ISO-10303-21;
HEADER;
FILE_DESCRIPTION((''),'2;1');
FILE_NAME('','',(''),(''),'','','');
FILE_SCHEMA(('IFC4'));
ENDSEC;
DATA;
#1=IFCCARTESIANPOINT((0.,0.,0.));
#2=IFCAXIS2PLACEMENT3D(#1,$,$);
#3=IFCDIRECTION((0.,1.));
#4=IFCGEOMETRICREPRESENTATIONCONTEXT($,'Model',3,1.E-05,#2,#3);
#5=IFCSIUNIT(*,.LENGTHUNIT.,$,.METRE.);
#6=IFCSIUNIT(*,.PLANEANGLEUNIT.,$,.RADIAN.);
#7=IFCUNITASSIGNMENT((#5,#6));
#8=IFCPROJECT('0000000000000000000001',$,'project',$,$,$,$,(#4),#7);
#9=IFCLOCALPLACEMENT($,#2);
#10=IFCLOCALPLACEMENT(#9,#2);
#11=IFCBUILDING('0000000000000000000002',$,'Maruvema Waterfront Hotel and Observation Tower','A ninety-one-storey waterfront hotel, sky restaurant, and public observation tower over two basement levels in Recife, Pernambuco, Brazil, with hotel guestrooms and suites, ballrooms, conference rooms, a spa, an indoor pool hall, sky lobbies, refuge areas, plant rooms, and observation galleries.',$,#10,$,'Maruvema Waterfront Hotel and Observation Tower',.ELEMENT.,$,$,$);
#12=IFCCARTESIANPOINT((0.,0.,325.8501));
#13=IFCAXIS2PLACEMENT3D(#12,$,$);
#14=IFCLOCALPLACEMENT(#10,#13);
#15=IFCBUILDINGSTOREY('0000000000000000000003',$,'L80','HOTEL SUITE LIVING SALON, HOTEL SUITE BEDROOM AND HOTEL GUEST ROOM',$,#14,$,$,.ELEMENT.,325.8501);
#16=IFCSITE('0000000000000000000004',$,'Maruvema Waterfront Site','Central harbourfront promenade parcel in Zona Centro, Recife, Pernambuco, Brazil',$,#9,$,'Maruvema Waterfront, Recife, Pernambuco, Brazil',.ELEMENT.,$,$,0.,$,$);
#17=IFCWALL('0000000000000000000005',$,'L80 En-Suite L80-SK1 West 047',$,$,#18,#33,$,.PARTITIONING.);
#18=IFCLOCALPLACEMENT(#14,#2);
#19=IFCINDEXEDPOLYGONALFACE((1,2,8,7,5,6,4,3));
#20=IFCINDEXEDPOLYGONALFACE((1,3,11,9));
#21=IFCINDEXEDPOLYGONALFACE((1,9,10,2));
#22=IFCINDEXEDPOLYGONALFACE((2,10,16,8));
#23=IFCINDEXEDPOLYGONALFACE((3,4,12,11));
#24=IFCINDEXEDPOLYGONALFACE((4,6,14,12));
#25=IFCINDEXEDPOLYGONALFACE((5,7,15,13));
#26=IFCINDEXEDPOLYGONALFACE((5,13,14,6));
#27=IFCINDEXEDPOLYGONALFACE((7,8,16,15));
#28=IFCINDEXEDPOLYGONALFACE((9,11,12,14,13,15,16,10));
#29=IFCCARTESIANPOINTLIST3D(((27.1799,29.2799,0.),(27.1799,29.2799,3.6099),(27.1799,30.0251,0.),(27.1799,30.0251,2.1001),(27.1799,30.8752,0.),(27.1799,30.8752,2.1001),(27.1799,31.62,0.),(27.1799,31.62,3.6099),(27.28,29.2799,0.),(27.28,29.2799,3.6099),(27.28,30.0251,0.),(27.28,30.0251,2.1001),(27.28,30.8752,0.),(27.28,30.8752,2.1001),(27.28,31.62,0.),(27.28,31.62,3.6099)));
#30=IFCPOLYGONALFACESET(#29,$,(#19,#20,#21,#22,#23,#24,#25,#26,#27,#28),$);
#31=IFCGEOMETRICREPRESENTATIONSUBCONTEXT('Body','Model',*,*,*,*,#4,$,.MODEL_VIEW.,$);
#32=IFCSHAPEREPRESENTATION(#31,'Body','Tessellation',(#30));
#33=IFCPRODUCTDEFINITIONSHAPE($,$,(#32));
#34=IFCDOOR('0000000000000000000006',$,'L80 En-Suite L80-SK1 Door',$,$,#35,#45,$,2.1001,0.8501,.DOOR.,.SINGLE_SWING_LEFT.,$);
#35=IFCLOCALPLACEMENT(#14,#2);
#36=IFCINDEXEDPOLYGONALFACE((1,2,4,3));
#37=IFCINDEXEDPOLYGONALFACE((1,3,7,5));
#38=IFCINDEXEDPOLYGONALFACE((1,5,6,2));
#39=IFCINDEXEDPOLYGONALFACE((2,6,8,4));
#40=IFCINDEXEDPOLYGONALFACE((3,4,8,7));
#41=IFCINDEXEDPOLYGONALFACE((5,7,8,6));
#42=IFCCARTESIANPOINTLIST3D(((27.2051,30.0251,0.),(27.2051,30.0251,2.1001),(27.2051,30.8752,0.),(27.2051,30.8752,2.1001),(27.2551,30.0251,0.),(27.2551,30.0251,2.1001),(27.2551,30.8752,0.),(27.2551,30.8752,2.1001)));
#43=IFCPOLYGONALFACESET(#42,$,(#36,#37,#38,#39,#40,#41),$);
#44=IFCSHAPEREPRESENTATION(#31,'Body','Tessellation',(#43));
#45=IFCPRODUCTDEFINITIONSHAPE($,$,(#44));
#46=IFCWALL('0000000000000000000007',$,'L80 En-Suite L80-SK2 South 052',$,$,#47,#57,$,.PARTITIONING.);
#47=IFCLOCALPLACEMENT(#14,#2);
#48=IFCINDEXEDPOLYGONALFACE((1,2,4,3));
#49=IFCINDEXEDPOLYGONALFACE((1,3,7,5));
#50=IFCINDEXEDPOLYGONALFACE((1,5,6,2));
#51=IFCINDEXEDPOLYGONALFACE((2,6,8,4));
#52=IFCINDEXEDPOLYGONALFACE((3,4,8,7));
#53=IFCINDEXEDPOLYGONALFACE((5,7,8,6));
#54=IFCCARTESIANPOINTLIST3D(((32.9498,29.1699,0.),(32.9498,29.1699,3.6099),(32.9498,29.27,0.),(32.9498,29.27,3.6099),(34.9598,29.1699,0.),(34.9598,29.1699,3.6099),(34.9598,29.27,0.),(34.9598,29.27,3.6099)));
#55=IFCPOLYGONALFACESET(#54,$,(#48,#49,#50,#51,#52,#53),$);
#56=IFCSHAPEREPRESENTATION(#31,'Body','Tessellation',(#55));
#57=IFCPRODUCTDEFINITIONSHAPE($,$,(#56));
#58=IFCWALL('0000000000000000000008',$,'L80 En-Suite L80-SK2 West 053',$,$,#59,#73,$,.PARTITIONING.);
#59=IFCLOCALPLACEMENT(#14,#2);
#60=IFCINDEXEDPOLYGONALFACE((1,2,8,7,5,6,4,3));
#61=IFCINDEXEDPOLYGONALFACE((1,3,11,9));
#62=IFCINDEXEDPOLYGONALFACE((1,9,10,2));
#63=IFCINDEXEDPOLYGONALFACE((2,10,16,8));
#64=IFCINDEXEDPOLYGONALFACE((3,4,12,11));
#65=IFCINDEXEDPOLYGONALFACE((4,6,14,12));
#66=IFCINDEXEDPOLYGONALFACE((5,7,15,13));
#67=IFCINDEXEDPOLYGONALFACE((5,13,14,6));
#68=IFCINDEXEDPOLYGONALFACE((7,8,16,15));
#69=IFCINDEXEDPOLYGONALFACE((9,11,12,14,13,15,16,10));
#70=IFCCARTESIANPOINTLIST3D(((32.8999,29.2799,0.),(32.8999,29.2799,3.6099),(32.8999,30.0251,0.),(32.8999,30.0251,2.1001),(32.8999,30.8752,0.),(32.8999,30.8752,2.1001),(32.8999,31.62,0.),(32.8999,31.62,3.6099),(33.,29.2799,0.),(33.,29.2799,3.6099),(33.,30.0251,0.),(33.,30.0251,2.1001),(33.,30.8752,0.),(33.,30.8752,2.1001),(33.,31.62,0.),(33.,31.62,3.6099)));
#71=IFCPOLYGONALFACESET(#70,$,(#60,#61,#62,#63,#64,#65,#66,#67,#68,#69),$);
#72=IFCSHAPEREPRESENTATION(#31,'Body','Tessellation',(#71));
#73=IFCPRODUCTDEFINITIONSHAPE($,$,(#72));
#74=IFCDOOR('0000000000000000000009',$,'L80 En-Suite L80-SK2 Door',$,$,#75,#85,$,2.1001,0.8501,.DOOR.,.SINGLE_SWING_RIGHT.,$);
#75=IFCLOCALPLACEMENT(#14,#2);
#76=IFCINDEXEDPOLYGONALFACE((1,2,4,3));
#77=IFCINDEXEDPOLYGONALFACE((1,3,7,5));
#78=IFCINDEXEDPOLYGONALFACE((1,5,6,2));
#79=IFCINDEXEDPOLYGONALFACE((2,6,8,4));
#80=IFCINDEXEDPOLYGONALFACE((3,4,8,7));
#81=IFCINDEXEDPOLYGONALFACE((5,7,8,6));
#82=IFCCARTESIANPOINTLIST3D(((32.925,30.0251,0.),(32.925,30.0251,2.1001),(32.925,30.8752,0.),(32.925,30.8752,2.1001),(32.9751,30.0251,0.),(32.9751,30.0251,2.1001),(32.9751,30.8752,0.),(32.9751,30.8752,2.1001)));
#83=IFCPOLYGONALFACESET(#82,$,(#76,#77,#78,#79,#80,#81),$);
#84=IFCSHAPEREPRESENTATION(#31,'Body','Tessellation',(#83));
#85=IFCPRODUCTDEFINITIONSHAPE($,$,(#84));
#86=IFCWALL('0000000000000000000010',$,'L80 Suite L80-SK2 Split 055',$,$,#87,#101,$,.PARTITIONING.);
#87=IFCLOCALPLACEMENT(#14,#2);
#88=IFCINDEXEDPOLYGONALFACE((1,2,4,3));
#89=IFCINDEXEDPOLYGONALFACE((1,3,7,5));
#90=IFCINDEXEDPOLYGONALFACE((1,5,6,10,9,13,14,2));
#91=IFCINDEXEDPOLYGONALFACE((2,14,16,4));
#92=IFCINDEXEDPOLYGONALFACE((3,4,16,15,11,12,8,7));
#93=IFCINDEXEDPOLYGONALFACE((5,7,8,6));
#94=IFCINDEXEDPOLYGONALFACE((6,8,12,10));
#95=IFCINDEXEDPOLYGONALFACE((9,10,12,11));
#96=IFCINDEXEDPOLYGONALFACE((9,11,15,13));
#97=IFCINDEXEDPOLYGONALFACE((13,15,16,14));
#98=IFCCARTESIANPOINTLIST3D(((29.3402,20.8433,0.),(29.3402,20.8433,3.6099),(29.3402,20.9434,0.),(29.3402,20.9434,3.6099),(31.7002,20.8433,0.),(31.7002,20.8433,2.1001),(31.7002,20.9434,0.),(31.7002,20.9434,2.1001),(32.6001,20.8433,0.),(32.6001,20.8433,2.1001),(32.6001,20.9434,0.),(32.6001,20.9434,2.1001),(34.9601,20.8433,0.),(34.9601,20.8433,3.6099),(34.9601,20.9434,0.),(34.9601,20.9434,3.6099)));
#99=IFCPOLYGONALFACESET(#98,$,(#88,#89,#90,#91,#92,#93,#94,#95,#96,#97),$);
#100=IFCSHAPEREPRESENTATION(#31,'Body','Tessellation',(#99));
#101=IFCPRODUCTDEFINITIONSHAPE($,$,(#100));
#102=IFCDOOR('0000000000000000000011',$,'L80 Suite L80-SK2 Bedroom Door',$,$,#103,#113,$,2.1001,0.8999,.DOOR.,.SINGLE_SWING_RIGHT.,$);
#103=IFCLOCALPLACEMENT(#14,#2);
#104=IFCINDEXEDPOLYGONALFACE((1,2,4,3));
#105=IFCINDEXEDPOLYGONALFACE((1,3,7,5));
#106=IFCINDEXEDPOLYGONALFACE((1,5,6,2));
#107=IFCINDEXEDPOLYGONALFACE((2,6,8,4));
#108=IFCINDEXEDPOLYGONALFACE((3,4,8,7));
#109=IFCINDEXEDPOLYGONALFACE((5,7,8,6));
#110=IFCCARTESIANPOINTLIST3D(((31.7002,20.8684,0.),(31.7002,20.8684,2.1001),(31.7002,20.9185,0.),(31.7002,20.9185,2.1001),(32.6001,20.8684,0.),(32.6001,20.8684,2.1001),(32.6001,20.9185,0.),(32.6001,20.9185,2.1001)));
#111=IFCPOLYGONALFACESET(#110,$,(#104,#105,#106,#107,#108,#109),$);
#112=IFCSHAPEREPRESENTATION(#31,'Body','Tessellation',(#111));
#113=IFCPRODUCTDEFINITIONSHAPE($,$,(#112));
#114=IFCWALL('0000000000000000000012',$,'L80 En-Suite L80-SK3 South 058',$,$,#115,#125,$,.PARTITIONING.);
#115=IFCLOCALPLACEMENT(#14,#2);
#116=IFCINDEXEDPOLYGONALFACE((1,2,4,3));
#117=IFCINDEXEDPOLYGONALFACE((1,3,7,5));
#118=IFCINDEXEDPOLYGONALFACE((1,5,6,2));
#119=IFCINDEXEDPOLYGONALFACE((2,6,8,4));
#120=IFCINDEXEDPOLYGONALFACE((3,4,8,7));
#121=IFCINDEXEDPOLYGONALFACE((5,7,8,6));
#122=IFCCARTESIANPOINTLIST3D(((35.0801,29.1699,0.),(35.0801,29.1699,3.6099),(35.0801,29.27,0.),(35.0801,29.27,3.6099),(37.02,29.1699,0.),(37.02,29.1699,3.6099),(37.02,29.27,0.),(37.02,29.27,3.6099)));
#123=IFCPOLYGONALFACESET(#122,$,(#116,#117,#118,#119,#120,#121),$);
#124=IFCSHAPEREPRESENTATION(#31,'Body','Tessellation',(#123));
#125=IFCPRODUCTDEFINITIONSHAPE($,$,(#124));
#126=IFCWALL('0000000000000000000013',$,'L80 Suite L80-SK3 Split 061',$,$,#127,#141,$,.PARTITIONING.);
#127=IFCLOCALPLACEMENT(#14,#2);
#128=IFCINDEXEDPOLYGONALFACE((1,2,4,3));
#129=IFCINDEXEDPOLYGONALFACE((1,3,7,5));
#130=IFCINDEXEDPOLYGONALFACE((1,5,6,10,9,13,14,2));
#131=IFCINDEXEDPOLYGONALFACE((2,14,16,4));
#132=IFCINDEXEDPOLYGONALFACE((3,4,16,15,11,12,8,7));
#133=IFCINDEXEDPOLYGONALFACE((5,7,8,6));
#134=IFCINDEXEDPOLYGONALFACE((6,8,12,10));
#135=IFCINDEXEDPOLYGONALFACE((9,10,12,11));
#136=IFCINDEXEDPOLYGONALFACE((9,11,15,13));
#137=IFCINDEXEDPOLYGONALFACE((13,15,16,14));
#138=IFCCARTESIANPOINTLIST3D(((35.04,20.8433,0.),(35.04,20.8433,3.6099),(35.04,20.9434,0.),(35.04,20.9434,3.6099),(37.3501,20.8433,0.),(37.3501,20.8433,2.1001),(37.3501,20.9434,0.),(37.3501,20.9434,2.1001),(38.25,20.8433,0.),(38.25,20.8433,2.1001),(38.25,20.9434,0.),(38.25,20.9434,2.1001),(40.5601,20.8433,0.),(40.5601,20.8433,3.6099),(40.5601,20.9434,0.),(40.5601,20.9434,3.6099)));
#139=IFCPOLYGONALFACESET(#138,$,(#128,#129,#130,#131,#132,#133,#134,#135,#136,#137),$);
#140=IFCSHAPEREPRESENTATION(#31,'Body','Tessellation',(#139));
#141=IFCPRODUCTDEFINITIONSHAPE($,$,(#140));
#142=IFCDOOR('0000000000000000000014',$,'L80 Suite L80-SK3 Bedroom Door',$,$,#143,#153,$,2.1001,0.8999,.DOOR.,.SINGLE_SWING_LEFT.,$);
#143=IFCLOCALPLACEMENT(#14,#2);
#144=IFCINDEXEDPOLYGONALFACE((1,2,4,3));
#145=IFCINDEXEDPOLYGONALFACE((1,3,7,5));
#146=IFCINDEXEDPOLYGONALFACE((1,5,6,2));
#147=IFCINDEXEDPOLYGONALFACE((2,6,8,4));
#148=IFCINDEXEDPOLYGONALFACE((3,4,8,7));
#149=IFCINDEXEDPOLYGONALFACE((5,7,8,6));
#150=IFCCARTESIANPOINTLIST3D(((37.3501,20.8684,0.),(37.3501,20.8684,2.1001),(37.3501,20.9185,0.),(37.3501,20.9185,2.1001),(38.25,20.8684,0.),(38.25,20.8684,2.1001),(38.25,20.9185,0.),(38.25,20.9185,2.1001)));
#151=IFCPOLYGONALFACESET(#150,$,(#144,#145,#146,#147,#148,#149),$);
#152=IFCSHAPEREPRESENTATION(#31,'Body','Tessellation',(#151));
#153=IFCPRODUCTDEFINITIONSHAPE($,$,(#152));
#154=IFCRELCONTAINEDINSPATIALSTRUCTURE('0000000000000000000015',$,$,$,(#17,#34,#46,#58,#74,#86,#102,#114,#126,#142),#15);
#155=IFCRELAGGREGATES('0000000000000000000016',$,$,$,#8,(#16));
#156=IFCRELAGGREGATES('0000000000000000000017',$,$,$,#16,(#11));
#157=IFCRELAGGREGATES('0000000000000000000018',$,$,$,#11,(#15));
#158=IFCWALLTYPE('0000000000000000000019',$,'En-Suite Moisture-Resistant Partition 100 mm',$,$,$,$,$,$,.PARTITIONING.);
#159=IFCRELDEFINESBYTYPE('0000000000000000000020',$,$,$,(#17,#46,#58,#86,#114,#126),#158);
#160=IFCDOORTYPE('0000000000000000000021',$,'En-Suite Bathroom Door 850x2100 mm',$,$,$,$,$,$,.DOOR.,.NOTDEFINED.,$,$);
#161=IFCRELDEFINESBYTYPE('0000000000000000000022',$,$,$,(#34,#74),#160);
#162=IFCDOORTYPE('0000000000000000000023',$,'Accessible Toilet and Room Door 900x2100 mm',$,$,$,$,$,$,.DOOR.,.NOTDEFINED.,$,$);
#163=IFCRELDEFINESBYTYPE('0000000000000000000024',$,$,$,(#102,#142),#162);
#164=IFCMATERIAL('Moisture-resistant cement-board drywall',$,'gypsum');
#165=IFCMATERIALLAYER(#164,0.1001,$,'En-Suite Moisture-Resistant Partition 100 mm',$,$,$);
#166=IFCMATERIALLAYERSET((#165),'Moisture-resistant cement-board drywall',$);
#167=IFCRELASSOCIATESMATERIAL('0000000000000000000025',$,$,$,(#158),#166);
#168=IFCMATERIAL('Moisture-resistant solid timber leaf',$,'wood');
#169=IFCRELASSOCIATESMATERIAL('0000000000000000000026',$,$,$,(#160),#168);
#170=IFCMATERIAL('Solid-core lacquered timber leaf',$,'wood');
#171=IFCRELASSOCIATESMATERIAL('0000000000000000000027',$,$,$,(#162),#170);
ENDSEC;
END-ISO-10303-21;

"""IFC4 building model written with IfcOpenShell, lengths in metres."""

from ifc_helpers import new_model, si_unit, direction, frame, frame_2d, origin, place, context, subcontext, project, spatial, rectangle, extrude, material, layer, layer_set, type_object, element, fill, save


model = new_model("IFC4")

# Units and contexts
model_context = context("Model", 3, precision=1e-05, world=origin(), true_north=direction((0.0, 1.0)))
body_context = subcontext(model_context, "Body", "Model", "MODEL_VIEW")
ifc_project = project(units=[si_unit("LENGTHUNIT", "METRE"), si_unit("PLANEANGLEUNIT", "RADIAN")], contexts=[model_context])

# Site, building, storey
site_placement = place(None, origin())
site = spatial("IfcSite", under=ifc_project, at=site_placement, Name="Maruvema Waterfront Site", Description="Central harbourfront promenade parcel in Zona Centro, Recife, Pernambuco, Brazil", LongName="Maruvema Waterfront, Recife, Pernambuco, Brazil", CompositionType="ELEMENT", RefElevation=0.0)
building_placement = place(site_placement, origin())
building = spatial("IfcBuilding", under=site, at=building_placement, Name="Maruvema Waterfront Hotel and Observation Tower", Description="A ninety-one-storey waterfront hotel, sky restaurant, and public observation tower over two basement levels in Recife, Pernambuco, Brazil, with hotel guestrooms and suites, ballrooms, conference rooms, a spa, an indoor pool hall, sky lobbies, refuge areas, plant rooms, and observation galleries.", LongName="Maruvema Waterfront Hotel and Observation Tower", CompositionType="ELEMENT")
storey_placement = place(building_placement, frame((0.0, 0.0, 325.8501)))
storey = spatial("IfcBuildingStorey", under=building, at=storey_placement, Name="L80", Description="HOTEL SUITE LIVING SALON, HOTEL SUITE BEDROOM AND HOTEL GUEST ROOM", CompositionType="ELEMENT", Elevation=325.8501)

# Shared definitions
ifc_material_1 = material(Name="Moisture-resistant cement-board drywall", Category="gypsum")
ifc_layer_1 = layer(ifc_material_1, 0.1001, Name="En-Suite Moisture-Resistant Partition 100 mm")
ifc_layer_set_1 = layer_set([ifc_layer_1], Name="Moisture-resistant cement-board drywall")
wall_type_1 = type_object("IfcWallType", Name="En-Suite Moisture-Resistant Partition 100 mm", PredefinedType="PARTITIONING", material=ifc_layer_set_1)

# Wall, opening, door
wall_1_placement = place(storey_placement, frame((27.23, 29.28, 0.0), z_axis=(0.0, 0.0, 1.0), x_axis=(0.0, 1.0, 0.0)))
wall_1 = element("IfcWall", 1, at=wall_1_placement, inside=storey, type_object=wall_type_1, Name="L80 En-Suite L80-SK1 West 047", PredefinedType="PARTITIONING", context=body_context, shape_type="SweptSolid", body=[
    extrude(rectangle(XDim=2.3401, YDim=0.1001, at=frame_2d((1.1699, 0.0))), origin(), (0.0, 0.0, 1.0), 3.6099),
])
opening_1_placement = place(wall_1_placement, frame((0.7451, 0.0, 0.0)))
opening_1 = element("IfcOpeningElement", 2, at=opening_1_placement, cuts=wall_1, PredefinedType="OPENING", context=body_context, shape_type="SweptSolid", body=[
    extrude(rectangle(XDim=0.8501, YDim=2.1001, at=frame_2d((0.425, 1.05))), frame((0.0, 0.0601, 0.0), z_axis=(0.0, -1.0, 0.0), x_axis=(1.0, 0.0, 0.0)), (0.0, 0.0, 1.0), 0.1201),
])
ifc_material_2 = material(Name="Moisture-resistant solid timber leaf", Category="wood")
door_type_1 = type_object("IfcDoorType", Name="En-Suite Bathroom Door 850x2100 mm", OperationType="NOTDEFINED", PredefinedType="DOOR", material=ifc_material_2)
door_1_placement = place(opening_1_placement, origin())
door_1 = element("IfcDoor", 3, at=door_1_placement, inside=storey, type_object=door_type_1, Name="L80 En-Suite L80-SK1 Door", OperationType="SINGLE_SWING_LEFT", OverallHeight=2.1001, OverallWidth=0.8501, PredefinedType="DOOR", context=body_context, shape_type="SweptSolid", body=[
    extrude(rectangle(XDim=0.8501, YDim=2.1001, at=frame_2d((0.425, 1.05))), frame((0.0, 0.0249, 0.0), z_axis=(0.0, -1.0, 0.0), x_axis=(1.0, 0.0, 0.0)), (0.0, 0.0, 1.0), 0.05),
])
fill(opening_1, door_1)

# Wall
wall_2_placement = place(storey_placement, frame((32.95, 29.22, 0.0), z_axis=(0.0, 0.0, 1.0), x_axis=(1.0, 0.0, 0.0)))
element("IfcWall", 4, at=wall_2_placement, inside=storey, type_object=wall_type_1, Name="L80 En-Suite L80-SK2 South 052", PredefinedType="PARTITIONING", context=body_context, shape_type="SweptSolid", body=[
    extrude(rectangle(XDim=2.01, YDim=0.1001, at=frame_2d((1.0049, 0.0))), origin(), (0.0, 0.0, 1.0), 3.6099),
])

# Walls, openings, doors
wall_3_placement = place(storey_placement, frame((32.95, 29.28, 0.0), z_axis=(0.0, 0.0, 1.0), x_axis=(0.0, 1.0, 0.0)))
wall_3 = element("IfcWall", 5, at=wall_3_placement, inside=storey, type_object=wall_type_1, Name="L80 En-Suite L80-SK2 West 053", PredefinedType="PARTITIONING", context=body_context, shape_type="SweptSolid", body=[
    extrude(rectangle(XDim=2.3401, YDim=0.1001, at=frame_2d((1.1699, 0.0))), origin(), (0.0, 0.0, 1.0), 3.6099),
])
opening_2_placement = place(wall_3_placement, frame((0.7451, 0.0, 0.0)))
opening_2 = element("IfcOpeningElement", 6, at=opening_2_placement, cuts=wall_3, PredefinedType="OPENING", context=body_context, shape_type="SweptSolid", body=[
    extrude(rectangle(XDim=0.8501, YDim=2.1001, at=frame_2d((0.425, 1.05))), frame((0.0, 0.0601, 0.0), z_axis=(0.0, -1.0, 0.0), x_axis=(1.0, 0.0, 0.0)), (0.0, 0.0, 1.0), 0.1201),
])
door_2_placement = place(opening_2_placement, origin())
door_2 = element("IfcDoor", 7, at=door_2_placement, inside=storey, type_object=door_type_1, Name="L80 En-Suite L80-SK2 Door", OperationType="SINGLE_SWING_RIGHT", OverallHeight=2.1001, OverallWidth=0.8501, PredefinedType="DOOR", context=body_context, shape_type="SweptSolid", body=[
    extrude(rectangle(XDim=0.8501, YDim=2.1001, at=frame_2d((0.425, 1.05))), frame((0.0, 0.0249, 0.0), z_axis=(0.0, -1.0, 0.0), x_axis=(1.0, 0.0, 0.0)), (0.0, 0.0, 1.0), 0.05),
])
fill(opening_2, door_2)
wall_4_placement = place(storey_placement, frame((29.3401, 20.8933, 0.0), z_axis=(0.0, 0.0, 1.0), x_axis=(1.0, 0.0, 0.0)))
wall_4 = element("IfcWall", 8, at=wall_4_placement, inside=storey, type_object=wall_type_1, Name="L80 Suite L80-SK2 Split 055", PredefinedType="PARTITIONING", context=body_context, shape_type="SweptSolid", body=[
    extrude(rectangle(XDim=5.6199, YDim=0.1001, at=frame_2d((2.8101, 0.0))), origin(), (0.0, 0.0, 1.0), 3.6099),
])
opening_3_placement = place(wall_4_placement, frame((2.3601, 0.0, 0.0)))
opening_3 = element("IfcOpeningElement", 9, at=opening_3_placement, cuts=wall_4, PredefinedType="OPENING", context=body_context, shape_type="SweptSolid", body=[
    extrude(rectangle(XDim=0.8999, YDim=2.1001, at=frame_2d((0.45, 1.05))), frame((0.0, 0.0601, 0.0), z_axis=(0.0, -1.0, 0.0), x_axis=(1.0, 0.0, 0.0)), (0.0, 0.0, 1.0), 0.1201),
])
ifc_material_3 = material(Name="Solid-core lacquered timber leaf", Category="wood")
door_type_2 = type_object("IfcDoorType", Name="Accessible Toilet and Room Door 900x2100 mm", OperationType="NOTDEFINED", PredefinedType="DOOR", material=ifc_material_3)
door_3_placement = place(opening_3_placement, frame((0.8999, 0.0, 0.0), z_axis=(0.0, 0.0, 1.0), x_axis=(-1.0, 0.0, 0.0)))
door_3 = element("IfcDoor", 10, at=door_3_placement, inside=storey, type_object=door_type_2, Name="L80 Suite L80-SK2 Bedroom Door", OperationType="SINGLE_SWING_RIGHT", OverallHeight=2.1001, OverallWidth=0.8999, PredefinedType="DOOR", context=body_context, shape_type="SweptSolid", body=[
    extrude(rectangle(XDim=0.8999, YDim=2.1001, at=frame_2d((0.45, 1.05))), frame((0.0, 0.0249, 0.0), z_axis=(0.0, -1.0, 0.0), x_axis=(1.0, 0.0, 0.0)), (0.0, 0.0, 1.0), 0.05),
])
fill(opening_3, door_3)

# Wall
wall_5_placement = place(storey_placement, frame((35.0801, 29.22, 0.0), z_axis=(0.0, 0.0, 1.0), x_axis=(1.0, 0.0, 0.0)))
element("IfcWall", 11, at=wall_5_placement, inside=storey, type_object=wall_type_1, Name="L80 En-Suite L80-SK3 South 058", PredefinedType="PARTITIONING", context=body_context, shape_type="SweptSolid", body=[
    extrude(rectangle(XDim=1.9399, YDim=0.1001, at=frame_2d((0.97, 0.0))), origin(), (0.0, 0.0, 1.0), 3.6099),
])

# Wall, opening, door
wall_6_placement = place(storey_placement, frame((35.04, 20.8933, 0.0), z_axis=(0.0, 0.0, 1.0), x_axis=(1.0, 0.0, 0.0)))
wall_6 = element("IfcWall", 12, at=wall_6_placement, inside=storey, type_object=wall_type_1, Name="L80 Suite L80-SK3 Split 061", PredefinedType="PARTITIONING", context=body_context, shape_type="SweptSolid", body=[
    extrude(rectangle(XDim=5.52, YDim=0.1001, at=frame_2d((2.76, 0.0))), origin(), (0.0, 0.0, 1.0), 3.6099),
])
opening_4_placement = place(wall_6_placement, frame((2.3101, 0.0, 0.0)))
opening_4 = element("IfcOpeningElement", 13, at=opening_4_placement, cuts=wall_6, PredefinedType="OPENING", context=body_context, shape_type="SweptSolid", body=[
    extrude(rectangle(XDim=0.8999, YDim=2.1001, at=frame_2d((0.45, 1.05))), frame((0.0, 0.0601, 0.0), z_axis=(0.0, -1.0, 0.0), x_axis=(1.0, 0.0, 0.0)), (0.0, 0.0, 1.0), 0.1201),
])
door_4_placement = place(opening_4_placement, frame((0.8999, 0.0, 0.0), z_axis=(0.0, 0.0, 1.0), x_axis=(-1.0, 0.0, 0.0)))
door_4 = element("IfcDoor", 14, at=door_4_placement, inside=storey, type_object=door_type_2, Name="L80 Suite L80-SK3 Bedroom Door", OperationType="SINGLE_SWING_LEFT", OverallHeight=2.1001, OverallWidth=0.8999, PredefinedType="DOOR", context=body_context, shape_type="SweptSolid", body=[
    extrude(rectangle(XDim=0.8999, YDim=2.1001, at=frame_2d((0.45, 1.05))), frame((0.0, 0.0249, 0.0), z_axis=(0.0, -1.0, 0.0), x_axis=(1.0, 0.0, 0.0)), (0.0, 0.0, 1.0), 0.05),
])
fill(opening_4, door_4)

save(model, "model.ifc")
